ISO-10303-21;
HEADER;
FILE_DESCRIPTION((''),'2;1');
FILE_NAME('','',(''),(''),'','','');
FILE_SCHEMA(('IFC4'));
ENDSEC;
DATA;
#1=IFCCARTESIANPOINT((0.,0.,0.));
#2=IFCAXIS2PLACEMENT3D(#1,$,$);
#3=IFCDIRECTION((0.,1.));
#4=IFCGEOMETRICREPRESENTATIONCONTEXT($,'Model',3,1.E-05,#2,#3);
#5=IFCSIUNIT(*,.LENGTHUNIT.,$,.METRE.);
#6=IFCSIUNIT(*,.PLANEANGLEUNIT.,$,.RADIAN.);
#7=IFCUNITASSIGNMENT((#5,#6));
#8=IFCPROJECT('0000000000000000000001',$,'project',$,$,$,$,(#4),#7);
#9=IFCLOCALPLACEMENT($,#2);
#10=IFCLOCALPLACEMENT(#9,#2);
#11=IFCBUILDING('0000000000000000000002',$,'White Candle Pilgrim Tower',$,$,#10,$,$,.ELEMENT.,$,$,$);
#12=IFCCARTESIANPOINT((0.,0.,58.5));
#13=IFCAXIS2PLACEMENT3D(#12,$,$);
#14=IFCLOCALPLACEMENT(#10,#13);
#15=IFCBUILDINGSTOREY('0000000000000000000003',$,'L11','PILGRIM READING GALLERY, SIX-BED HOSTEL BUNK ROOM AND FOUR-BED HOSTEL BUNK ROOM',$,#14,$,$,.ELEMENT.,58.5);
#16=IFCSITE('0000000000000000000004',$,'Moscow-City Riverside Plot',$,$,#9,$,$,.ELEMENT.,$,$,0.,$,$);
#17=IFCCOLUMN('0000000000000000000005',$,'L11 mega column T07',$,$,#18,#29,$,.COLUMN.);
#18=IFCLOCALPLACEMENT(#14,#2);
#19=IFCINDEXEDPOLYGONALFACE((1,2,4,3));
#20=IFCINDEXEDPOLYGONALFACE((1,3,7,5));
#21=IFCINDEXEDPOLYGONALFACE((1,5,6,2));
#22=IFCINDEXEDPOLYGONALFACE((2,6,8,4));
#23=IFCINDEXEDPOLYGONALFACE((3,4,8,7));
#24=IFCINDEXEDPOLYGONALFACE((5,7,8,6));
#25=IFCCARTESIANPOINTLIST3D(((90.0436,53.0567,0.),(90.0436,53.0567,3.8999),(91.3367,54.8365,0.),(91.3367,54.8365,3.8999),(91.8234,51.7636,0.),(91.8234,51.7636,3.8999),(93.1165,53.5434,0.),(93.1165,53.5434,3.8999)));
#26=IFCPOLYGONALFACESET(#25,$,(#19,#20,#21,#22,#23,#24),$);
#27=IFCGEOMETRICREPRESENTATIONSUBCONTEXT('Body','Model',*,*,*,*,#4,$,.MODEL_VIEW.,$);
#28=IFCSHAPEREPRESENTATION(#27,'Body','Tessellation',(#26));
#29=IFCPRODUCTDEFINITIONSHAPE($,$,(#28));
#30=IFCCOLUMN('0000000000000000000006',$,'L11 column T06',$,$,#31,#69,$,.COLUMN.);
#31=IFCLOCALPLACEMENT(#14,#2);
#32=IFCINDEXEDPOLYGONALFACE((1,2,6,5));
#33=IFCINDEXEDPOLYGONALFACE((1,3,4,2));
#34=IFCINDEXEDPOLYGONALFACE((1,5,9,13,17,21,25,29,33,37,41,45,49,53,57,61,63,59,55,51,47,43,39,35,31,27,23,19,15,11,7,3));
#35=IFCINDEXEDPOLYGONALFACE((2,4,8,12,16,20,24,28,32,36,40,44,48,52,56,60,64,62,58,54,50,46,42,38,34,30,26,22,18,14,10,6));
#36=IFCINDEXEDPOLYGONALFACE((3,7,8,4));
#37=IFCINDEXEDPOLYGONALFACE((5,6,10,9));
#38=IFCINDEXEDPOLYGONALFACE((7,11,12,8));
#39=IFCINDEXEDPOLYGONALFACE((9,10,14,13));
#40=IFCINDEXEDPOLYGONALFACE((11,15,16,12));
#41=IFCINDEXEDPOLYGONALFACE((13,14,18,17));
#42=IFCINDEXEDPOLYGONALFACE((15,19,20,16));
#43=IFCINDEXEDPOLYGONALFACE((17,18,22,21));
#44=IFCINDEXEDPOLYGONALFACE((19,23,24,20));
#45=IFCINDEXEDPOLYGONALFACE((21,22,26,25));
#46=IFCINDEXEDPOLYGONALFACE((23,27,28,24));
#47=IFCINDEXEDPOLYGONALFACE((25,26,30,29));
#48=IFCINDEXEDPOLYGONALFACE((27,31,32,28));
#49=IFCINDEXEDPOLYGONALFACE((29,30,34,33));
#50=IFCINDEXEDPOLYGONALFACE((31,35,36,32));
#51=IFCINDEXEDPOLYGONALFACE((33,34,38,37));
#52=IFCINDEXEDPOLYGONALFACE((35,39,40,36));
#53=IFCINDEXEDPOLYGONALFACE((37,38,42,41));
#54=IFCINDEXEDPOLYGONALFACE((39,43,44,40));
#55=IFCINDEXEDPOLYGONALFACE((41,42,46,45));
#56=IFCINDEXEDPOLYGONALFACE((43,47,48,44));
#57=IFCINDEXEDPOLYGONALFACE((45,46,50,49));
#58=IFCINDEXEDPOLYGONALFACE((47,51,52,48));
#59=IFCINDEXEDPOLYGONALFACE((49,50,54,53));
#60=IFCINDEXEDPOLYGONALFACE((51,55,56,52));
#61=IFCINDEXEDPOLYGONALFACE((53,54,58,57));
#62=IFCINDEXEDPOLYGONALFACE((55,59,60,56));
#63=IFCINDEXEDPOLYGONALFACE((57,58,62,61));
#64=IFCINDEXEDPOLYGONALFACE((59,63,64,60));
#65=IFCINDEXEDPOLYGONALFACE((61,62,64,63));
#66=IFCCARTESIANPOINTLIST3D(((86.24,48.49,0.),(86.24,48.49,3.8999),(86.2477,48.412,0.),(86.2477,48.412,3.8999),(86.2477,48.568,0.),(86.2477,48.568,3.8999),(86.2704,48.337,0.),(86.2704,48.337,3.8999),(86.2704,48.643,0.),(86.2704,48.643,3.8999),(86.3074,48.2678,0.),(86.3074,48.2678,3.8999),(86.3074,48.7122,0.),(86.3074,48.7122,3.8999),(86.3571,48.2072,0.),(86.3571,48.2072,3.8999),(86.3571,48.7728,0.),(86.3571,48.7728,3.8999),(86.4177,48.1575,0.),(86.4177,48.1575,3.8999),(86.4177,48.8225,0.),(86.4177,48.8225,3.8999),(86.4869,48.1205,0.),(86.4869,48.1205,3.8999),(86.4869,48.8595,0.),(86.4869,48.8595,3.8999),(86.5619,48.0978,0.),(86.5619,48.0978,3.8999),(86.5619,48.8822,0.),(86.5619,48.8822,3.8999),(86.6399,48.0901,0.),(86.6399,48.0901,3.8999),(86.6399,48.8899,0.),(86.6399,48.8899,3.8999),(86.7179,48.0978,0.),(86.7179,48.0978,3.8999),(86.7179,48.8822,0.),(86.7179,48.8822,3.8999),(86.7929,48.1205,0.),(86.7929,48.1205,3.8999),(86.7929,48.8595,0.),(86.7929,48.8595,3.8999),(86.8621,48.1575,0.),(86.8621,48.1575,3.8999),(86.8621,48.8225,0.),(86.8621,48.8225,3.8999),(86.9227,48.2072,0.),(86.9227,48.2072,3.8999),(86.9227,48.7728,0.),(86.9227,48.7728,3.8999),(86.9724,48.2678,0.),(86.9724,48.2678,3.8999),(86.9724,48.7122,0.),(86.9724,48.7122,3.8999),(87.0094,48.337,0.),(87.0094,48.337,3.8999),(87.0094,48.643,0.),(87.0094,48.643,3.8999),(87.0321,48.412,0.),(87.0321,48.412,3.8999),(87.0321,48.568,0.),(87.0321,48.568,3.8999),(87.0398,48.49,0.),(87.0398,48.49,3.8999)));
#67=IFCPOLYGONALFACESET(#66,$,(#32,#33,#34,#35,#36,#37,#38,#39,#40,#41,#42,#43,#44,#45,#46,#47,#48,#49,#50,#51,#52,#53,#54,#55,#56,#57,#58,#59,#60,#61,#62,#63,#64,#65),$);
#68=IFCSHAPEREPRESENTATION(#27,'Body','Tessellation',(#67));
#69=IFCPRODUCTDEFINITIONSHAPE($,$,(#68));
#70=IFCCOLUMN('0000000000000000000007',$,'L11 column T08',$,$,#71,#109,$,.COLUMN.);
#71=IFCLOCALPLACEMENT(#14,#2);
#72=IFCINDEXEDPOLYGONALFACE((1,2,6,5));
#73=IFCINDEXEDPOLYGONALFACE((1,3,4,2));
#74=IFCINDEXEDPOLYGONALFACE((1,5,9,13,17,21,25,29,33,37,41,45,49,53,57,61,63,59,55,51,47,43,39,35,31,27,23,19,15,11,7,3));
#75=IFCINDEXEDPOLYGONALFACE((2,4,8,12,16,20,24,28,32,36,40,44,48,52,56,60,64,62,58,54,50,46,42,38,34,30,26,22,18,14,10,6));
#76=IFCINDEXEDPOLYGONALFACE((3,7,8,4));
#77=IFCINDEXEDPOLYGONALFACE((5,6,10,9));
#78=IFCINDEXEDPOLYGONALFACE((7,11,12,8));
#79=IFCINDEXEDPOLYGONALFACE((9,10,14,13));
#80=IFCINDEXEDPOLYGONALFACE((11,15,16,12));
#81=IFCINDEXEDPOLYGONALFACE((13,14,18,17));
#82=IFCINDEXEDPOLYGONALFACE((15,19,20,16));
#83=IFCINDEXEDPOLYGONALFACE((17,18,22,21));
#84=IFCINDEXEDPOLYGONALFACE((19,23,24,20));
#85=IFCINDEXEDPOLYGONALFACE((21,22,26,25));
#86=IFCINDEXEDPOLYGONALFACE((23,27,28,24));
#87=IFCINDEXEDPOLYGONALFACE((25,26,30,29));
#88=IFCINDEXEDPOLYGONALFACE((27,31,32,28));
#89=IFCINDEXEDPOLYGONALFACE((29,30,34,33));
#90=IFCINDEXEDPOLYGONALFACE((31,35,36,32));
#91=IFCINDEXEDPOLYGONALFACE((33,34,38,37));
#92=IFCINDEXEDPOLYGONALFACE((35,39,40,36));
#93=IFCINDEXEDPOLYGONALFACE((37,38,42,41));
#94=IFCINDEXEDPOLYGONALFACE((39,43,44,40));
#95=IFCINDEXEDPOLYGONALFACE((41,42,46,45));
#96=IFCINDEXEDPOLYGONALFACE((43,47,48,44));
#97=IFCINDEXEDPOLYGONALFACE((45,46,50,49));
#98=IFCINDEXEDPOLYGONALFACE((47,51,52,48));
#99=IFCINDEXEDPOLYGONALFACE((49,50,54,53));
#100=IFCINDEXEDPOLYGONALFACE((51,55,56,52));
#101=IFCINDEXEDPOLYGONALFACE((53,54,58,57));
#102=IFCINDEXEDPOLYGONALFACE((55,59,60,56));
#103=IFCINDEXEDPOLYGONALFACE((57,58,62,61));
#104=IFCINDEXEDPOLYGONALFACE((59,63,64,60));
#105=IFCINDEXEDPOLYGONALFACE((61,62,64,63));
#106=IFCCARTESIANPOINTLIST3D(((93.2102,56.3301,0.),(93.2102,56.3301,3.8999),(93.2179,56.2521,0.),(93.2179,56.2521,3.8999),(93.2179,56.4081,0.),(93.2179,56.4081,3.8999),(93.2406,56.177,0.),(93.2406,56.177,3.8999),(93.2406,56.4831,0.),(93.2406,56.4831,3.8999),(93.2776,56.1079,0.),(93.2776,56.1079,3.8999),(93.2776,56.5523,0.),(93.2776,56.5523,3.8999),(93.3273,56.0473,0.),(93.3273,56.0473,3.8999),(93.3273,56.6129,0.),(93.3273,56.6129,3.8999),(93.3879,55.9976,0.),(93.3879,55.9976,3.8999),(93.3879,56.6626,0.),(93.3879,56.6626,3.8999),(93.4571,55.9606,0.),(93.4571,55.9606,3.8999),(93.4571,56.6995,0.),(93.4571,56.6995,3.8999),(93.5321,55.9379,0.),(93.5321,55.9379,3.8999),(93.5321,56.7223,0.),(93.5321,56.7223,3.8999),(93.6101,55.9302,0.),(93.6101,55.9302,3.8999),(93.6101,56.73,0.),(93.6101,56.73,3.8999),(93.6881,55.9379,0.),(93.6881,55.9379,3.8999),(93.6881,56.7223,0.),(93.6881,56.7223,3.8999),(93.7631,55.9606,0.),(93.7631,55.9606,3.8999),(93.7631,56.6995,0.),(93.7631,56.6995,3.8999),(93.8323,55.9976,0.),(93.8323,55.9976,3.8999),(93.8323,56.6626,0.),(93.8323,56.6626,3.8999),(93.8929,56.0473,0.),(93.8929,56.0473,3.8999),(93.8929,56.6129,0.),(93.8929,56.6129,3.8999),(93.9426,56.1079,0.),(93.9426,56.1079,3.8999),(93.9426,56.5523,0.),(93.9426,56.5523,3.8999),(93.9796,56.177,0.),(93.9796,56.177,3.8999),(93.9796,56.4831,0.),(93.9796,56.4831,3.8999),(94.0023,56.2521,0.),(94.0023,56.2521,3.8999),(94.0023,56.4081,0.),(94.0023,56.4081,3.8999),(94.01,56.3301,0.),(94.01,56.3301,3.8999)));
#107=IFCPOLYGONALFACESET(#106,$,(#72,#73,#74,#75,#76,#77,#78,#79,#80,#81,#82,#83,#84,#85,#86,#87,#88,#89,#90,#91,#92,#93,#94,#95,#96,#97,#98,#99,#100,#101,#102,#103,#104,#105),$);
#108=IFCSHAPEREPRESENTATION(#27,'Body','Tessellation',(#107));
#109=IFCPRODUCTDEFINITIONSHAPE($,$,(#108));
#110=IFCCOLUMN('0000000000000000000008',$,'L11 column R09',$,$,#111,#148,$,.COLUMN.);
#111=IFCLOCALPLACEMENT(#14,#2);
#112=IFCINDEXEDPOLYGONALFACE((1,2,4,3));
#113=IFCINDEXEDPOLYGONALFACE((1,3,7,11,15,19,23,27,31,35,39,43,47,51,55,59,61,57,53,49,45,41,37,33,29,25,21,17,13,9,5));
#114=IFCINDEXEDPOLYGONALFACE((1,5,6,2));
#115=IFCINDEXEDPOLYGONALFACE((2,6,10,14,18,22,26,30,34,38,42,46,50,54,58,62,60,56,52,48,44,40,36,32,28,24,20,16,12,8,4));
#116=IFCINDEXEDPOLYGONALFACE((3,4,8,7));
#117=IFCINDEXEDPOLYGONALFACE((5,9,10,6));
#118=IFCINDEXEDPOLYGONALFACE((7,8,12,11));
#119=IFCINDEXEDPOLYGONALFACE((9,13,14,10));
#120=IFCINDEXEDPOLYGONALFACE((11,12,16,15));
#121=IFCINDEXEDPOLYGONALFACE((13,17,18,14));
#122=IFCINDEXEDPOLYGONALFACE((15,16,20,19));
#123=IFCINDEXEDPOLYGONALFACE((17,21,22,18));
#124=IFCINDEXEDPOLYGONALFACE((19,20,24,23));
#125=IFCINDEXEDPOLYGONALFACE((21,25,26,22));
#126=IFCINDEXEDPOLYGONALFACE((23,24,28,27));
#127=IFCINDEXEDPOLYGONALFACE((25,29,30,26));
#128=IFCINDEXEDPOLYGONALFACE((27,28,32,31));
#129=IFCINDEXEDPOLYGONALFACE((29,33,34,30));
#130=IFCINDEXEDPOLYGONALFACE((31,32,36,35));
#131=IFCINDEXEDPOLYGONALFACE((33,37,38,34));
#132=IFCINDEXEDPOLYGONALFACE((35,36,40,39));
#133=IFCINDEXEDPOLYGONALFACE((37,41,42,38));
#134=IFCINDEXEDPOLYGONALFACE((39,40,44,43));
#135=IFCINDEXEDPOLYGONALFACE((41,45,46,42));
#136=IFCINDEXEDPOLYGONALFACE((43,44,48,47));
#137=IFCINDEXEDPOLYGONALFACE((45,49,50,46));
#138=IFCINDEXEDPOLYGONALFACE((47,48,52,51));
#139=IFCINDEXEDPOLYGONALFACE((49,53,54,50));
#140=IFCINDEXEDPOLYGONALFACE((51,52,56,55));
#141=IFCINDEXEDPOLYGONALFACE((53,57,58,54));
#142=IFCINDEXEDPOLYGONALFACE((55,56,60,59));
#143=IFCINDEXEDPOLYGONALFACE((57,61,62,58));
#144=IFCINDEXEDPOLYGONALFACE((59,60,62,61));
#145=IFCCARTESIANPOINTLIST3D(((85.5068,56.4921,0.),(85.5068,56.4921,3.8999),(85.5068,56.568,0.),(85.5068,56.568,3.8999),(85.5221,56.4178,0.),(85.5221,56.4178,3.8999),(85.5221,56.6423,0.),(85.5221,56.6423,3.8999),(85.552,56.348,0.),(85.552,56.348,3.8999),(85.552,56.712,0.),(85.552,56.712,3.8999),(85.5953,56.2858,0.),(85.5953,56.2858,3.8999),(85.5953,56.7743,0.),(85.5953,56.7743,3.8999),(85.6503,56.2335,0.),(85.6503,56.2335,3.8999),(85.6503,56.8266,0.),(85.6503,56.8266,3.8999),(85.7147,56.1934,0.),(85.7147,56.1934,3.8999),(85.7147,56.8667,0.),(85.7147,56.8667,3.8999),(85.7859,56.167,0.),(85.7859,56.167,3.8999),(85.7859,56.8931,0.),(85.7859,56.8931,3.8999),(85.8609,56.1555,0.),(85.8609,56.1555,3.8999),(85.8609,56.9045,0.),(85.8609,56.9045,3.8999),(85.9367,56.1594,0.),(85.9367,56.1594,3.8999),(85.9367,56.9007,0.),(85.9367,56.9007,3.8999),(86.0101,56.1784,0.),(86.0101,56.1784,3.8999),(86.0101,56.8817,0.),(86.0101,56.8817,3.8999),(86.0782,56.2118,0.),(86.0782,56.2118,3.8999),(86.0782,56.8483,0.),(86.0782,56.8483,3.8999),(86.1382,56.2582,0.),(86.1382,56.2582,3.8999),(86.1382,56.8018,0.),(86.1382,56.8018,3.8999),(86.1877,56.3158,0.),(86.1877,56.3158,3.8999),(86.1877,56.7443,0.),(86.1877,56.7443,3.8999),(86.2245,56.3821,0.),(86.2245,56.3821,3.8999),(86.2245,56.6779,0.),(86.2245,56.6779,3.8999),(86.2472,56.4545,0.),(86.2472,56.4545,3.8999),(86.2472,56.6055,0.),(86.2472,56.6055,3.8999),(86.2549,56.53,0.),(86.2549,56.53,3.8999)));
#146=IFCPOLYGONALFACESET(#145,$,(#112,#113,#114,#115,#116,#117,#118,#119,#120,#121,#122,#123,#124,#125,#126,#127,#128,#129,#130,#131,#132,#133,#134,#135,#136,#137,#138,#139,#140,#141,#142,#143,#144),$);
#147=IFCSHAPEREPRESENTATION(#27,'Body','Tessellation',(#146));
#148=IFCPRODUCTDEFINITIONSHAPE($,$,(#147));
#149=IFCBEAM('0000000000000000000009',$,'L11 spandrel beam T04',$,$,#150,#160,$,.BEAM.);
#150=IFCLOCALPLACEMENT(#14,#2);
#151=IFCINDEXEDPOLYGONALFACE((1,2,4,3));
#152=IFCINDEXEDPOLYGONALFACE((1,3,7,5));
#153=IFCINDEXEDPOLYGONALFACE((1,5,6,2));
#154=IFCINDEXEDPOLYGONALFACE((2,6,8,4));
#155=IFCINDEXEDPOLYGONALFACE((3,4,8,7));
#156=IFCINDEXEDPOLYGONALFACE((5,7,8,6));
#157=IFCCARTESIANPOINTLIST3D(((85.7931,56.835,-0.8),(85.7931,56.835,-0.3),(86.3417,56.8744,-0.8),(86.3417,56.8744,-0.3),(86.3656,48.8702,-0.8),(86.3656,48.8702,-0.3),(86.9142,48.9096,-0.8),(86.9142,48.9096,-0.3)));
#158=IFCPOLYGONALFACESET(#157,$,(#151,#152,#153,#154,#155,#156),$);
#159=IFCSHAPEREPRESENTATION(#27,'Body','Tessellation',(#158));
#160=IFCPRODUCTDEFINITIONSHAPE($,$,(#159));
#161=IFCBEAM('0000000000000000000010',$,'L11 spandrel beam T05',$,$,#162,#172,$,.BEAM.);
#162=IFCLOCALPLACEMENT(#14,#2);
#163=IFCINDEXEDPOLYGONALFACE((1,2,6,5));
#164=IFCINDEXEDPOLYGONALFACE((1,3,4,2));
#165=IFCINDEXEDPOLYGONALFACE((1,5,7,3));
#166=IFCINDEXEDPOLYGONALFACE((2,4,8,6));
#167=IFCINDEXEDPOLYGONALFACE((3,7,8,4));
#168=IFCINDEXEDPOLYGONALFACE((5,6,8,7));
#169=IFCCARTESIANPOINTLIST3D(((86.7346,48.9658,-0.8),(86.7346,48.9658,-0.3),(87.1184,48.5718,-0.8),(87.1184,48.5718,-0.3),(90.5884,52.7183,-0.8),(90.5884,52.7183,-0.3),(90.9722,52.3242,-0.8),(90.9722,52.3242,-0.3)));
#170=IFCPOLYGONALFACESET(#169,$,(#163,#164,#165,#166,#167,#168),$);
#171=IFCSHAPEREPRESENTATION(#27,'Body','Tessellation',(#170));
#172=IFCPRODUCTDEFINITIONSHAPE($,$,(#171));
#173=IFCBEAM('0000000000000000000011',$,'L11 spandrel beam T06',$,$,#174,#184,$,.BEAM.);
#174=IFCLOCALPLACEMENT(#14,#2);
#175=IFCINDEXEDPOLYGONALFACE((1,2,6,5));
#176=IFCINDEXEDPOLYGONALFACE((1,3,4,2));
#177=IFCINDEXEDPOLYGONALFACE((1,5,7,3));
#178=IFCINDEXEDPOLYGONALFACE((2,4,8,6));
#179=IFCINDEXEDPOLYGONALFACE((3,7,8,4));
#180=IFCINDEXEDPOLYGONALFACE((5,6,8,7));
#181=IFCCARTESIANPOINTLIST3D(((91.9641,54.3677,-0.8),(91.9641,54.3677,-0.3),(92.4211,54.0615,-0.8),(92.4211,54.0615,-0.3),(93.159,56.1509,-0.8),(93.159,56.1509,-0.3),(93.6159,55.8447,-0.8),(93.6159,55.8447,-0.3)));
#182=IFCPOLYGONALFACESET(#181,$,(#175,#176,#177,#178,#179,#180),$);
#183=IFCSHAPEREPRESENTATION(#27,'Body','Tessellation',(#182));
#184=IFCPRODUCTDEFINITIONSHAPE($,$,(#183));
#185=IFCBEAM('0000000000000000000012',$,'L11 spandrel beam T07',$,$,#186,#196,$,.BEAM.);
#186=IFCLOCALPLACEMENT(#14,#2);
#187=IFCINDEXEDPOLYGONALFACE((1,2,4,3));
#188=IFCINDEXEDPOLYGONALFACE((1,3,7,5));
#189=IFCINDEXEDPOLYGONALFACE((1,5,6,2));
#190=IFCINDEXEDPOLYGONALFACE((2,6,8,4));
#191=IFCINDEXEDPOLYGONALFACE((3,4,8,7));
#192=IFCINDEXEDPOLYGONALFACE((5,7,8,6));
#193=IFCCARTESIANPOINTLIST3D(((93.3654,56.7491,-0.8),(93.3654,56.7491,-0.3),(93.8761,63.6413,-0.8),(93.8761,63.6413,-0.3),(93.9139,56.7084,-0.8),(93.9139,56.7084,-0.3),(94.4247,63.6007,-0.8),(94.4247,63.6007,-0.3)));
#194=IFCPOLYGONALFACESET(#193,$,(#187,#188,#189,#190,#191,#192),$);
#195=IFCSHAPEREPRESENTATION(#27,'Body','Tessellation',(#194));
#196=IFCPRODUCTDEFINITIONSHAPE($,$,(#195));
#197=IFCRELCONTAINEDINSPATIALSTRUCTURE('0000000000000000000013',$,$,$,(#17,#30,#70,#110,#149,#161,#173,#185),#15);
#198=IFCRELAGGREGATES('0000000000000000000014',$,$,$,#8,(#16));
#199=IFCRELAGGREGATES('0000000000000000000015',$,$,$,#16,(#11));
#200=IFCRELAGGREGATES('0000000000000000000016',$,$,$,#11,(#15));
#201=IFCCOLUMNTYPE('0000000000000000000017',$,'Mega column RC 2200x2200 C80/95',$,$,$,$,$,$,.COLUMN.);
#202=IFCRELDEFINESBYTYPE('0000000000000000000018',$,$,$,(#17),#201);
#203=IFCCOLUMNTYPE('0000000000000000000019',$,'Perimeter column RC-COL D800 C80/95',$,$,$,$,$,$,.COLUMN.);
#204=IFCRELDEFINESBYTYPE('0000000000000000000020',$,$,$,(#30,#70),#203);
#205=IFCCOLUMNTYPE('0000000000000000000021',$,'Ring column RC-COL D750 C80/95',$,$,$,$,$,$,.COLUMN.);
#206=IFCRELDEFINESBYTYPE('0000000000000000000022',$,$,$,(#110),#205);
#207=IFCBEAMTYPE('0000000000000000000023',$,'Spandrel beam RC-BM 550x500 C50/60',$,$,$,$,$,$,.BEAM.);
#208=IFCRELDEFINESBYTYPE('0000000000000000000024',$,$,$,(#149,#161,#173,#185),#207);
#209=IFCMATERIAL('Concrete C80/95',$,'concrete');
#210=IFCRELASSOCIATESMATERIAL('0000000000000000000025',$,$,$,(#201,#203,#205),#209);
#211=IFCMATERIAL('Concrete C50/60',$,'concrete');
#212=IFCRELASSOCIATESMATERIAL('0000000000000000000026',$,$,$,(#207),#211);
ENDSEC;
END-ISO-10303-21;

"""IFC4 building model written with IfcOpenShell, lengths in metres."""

from ifc_helpers import new_model, si_unit, direction, frame, origin, origin_2d, place, context, subcontext, project, spatial, rectangle, circle, extrude, material, material_profile, profile_set, type_object, element, save


model = new_model("IFC4")

# Units and contexts
model_context = context("Model", 3, precision=1e-05, world=origin(), true_north=direction((0.0, 1.0)))
body_context = subcontext(model_context, "Body", "Model", "MODEL_VIEW")
ifc_project = project(units=[si_unit("LENGTHUNIT", "METRE"), si_unit("PLANEANGLEUNIT", "RADIAN")], contexts=[model_context])

# Site, building, storey
site_placement = place(None, origin())
site = spatial("IfcSite", under=ifc_project, at=site_placement, Name="Moscow-City Riverside Plot", CompositionType="ELEMENT", RefElevation=0.0)
building_placement = place(site_placement, origin())
building = spatial("IfcBuilding", under=site, at=building_placement, Name="White Candle Pilgrim Tower", CompositionType="ELEMENT")
storey_placement = place(building_placement, frame((0.0, 0.0, 58.5)))
storey = spatial("IfcBuildingStorey", under=building, at=storey_placement, Name="L11", Description="PILGRIM READING GALLERY, SIX-BED HOSTEL BUNK ROOM AND FOUR-BED HOSTEL BUNK ROOM", CompositionType="ELEMENT", Elevation=58.5)

# Columns
ifc_material_1 = material(Name="Concrete C80/95", Category="concrete")
ifc_material_profile_1 = material_profile(ifc_material_1, rectangle(XDim=2.2, YDim=2.2, at=origin_2d()), Name="RC 2200x2200")
ifc_profile_set_1 = profile_set([ifc_material_profile_1], Name="Concrete C80/95")
column_type_1 = type_object("IfcColumnType", Name="Mega column RC 2200x2200 C80/95", PredefinedType="COLUMN", material=ifc_profile_set_1)
column_1_placement = place(storey_placement, frame((91.5801, 53.3, 0.0), z_axis=(0.0, 0.0, 1.0), x_axis=(0.809017, -0.587785, 0.0)))
element("IfcColumn", 1, at=column_1_placement, inside=storey, type_object=column_type_1, Name="L11 mega column T07", PredefinedType="COLUMN", context=body_context, shape_type="SweptSolid", body=[
    extrude(rectangle(XDim=2.2, YDim=2.2, at=origin_2d()), origin(), (0.0, 0.0, 1.0), 3.8999),
])
ifc_material_profile_2 = material_profile(ifc_material_1, circle(Radius=0.3999, at=origin_2d()), Name="RC-COL D800")
ifc_profile_set_2 = profile_set([ifc_material_profile_2], Name="Concrete C80/95")
column_type_2 = type_object("IfcColumnType", Name="Perimeter column RC-COL D800 C80/95", PredefinedType="COLUMN", material=ifc_profile_set_2)
for number, where, z_axis, x_axis, name in (
    (2, (86.6399, 48.49, 0.0), (0.0, 0.0, 1.0), (1.0, 0.0, 0.0), "L11 column T06"),
    (3, (93.6101, 56.3301, 0.0), (0.0, 0.0, 1.0), (1.0, 0.0, 0.0), "L11 column T08"),
):
    element("IfcColumn", number, at=place(storey_placement, frame(where, z_axis=z_axis, x_axis=x_axis)), inside=storey, type_object=column_type_2, Name=name, PredefinedType="COLUMN", context=body_context, shape_type="SweptSolid", body=[
        extrude(circle(Radius=0.3999, at=origin_2d()), origin(), (0.0, 0.0, 1.0), 3.8999),
    ])
ifc_material_profile_3 = material_profile(ifc_material_1, circle(Radius=0.375, at=origin_2d()), Name="RC-COL D750")
ifc_profile_set_3 = profile_set([ifc_material_profile_3], Name="Concrete C80/95")
column_type_3 = type_object("IfcColumnType", Name="Ring column RC-COL D750 C80/95", PredefinedType="COLUMN", material=ifc_profile_set_3)
column_2_placement = place(storey_placement, frame((85.8799, 56.53, 0.0), z_axis=(0.0, 0.0, 1.0), x_axis=(1.0, 0.0, 0.0)))
element("IfcColumn", 4, at=column_2_placement, inside=storey, type_object=column_type_3, Name="L11 column R09", PredefinedType="COLUMN", context=body_context, shape_type="SweptSolid", body=[
    extrude(circle(Radius=0.375, at=origin_2d()), origin(), (0.0, 0.0, 1.0), 3.8999),
])

# Beams
ifc_material_2 = material(Name="Concrete C50/60", Category="concrete")
ifc_material_profile_4 = material_profile(ifc_material_2, rectangle(XDim=0.55, YDim=0.5, at=origin_2d()), Name="RC-BM 550x500")
ifc_profile_set_4 = profile_set([ifc_material_profile_4], Name="Concrete C50/60")
beam_type = type_object("IfcBeamType", Name="Spandrel beam RC-BM 550x500 C50/60", PredefinedType="BEAM", material=ifc_profile_set_4)
beam_1_placement = place(storey_placement, frame((86.6399, 48.8899, -0.55), z_axis=(-0.071695, 0.997427, 0.0), x_axis=(-0.997427, -0.071695, 0.0)))
element("IfcBeam", 5, at=beam_1_placement, inside=storey, type_object=beam_type, Name="L11 spandrel beam T04", PredefinedType="BEAM", context=body_context, shape_type="SweptSolid", body=[
    extrude(rectangle(XDim=0.55, YDim=0.5, at=origin_2d()), origin(), (0.0, 0.0, 1.0), 7.9854),
])
beam_2_placement = place(storey_placement, frame((86.9265, 48.7688, -0.55), z_axis=(0.716462, 0.697626, 0.0), x_axis=(-0.697626, 0.716462, 0.0)))
element("IfcBeam", 6, at=beam_2_placement, inside=storey, type_object=beam_type, Name="L11 spandrel beam T05", PredefinedType="BEAM", context=body_context, shape_type="SweptSolid", body=[
    extrude(rectangle(XDim=0.55, YDim=0.5, at=origin_2d()), origin(), (0.0, 0.0, 1.0), 5.3789),
])
beam_3_placement = place(storey_placement, frame((92.1926, 54.2146, -0.55), z_axis=(0.556641, 0.830753, 0.0), x_axis=(-0.830753, 0.556641, 0.0)))
element("IfcBeam", 7, at=beam_3_placement, inside=storey, type_object=beam_type, Name="L11 spandrel beam T06", PredefinedType="BEAM", context=body_context, shape_type="SweptSolid", body=[
    extrude(rectangle(XDim=0.55, YDim=0.5, at=origin_2d()), origin(), (0.0, 0.0, 1.0), 2.1465),
])
beam_4_placement = place(storey_placement, frame((93.6396, 56.7288, -0.55), z_axis=(0.0739, 0.997266, 0.0), x_axis=(-0.997266, 0.0739, 0.0)))
element("IfcBeam", 8, at=beam_4_placement, inside=storey, type_object=beam_type, Name="L11 spandrel beam T07", PredefinedType="BEAM", context=body_context, shape_type="SweptSolid", body=[
    extrude(rectangle(XDim=0.55, YDim=0.5, at=origin_2d()), origin(), (0.0, 0.0, 1.0), 6.9111),
])

save(model, "model.ifc")
